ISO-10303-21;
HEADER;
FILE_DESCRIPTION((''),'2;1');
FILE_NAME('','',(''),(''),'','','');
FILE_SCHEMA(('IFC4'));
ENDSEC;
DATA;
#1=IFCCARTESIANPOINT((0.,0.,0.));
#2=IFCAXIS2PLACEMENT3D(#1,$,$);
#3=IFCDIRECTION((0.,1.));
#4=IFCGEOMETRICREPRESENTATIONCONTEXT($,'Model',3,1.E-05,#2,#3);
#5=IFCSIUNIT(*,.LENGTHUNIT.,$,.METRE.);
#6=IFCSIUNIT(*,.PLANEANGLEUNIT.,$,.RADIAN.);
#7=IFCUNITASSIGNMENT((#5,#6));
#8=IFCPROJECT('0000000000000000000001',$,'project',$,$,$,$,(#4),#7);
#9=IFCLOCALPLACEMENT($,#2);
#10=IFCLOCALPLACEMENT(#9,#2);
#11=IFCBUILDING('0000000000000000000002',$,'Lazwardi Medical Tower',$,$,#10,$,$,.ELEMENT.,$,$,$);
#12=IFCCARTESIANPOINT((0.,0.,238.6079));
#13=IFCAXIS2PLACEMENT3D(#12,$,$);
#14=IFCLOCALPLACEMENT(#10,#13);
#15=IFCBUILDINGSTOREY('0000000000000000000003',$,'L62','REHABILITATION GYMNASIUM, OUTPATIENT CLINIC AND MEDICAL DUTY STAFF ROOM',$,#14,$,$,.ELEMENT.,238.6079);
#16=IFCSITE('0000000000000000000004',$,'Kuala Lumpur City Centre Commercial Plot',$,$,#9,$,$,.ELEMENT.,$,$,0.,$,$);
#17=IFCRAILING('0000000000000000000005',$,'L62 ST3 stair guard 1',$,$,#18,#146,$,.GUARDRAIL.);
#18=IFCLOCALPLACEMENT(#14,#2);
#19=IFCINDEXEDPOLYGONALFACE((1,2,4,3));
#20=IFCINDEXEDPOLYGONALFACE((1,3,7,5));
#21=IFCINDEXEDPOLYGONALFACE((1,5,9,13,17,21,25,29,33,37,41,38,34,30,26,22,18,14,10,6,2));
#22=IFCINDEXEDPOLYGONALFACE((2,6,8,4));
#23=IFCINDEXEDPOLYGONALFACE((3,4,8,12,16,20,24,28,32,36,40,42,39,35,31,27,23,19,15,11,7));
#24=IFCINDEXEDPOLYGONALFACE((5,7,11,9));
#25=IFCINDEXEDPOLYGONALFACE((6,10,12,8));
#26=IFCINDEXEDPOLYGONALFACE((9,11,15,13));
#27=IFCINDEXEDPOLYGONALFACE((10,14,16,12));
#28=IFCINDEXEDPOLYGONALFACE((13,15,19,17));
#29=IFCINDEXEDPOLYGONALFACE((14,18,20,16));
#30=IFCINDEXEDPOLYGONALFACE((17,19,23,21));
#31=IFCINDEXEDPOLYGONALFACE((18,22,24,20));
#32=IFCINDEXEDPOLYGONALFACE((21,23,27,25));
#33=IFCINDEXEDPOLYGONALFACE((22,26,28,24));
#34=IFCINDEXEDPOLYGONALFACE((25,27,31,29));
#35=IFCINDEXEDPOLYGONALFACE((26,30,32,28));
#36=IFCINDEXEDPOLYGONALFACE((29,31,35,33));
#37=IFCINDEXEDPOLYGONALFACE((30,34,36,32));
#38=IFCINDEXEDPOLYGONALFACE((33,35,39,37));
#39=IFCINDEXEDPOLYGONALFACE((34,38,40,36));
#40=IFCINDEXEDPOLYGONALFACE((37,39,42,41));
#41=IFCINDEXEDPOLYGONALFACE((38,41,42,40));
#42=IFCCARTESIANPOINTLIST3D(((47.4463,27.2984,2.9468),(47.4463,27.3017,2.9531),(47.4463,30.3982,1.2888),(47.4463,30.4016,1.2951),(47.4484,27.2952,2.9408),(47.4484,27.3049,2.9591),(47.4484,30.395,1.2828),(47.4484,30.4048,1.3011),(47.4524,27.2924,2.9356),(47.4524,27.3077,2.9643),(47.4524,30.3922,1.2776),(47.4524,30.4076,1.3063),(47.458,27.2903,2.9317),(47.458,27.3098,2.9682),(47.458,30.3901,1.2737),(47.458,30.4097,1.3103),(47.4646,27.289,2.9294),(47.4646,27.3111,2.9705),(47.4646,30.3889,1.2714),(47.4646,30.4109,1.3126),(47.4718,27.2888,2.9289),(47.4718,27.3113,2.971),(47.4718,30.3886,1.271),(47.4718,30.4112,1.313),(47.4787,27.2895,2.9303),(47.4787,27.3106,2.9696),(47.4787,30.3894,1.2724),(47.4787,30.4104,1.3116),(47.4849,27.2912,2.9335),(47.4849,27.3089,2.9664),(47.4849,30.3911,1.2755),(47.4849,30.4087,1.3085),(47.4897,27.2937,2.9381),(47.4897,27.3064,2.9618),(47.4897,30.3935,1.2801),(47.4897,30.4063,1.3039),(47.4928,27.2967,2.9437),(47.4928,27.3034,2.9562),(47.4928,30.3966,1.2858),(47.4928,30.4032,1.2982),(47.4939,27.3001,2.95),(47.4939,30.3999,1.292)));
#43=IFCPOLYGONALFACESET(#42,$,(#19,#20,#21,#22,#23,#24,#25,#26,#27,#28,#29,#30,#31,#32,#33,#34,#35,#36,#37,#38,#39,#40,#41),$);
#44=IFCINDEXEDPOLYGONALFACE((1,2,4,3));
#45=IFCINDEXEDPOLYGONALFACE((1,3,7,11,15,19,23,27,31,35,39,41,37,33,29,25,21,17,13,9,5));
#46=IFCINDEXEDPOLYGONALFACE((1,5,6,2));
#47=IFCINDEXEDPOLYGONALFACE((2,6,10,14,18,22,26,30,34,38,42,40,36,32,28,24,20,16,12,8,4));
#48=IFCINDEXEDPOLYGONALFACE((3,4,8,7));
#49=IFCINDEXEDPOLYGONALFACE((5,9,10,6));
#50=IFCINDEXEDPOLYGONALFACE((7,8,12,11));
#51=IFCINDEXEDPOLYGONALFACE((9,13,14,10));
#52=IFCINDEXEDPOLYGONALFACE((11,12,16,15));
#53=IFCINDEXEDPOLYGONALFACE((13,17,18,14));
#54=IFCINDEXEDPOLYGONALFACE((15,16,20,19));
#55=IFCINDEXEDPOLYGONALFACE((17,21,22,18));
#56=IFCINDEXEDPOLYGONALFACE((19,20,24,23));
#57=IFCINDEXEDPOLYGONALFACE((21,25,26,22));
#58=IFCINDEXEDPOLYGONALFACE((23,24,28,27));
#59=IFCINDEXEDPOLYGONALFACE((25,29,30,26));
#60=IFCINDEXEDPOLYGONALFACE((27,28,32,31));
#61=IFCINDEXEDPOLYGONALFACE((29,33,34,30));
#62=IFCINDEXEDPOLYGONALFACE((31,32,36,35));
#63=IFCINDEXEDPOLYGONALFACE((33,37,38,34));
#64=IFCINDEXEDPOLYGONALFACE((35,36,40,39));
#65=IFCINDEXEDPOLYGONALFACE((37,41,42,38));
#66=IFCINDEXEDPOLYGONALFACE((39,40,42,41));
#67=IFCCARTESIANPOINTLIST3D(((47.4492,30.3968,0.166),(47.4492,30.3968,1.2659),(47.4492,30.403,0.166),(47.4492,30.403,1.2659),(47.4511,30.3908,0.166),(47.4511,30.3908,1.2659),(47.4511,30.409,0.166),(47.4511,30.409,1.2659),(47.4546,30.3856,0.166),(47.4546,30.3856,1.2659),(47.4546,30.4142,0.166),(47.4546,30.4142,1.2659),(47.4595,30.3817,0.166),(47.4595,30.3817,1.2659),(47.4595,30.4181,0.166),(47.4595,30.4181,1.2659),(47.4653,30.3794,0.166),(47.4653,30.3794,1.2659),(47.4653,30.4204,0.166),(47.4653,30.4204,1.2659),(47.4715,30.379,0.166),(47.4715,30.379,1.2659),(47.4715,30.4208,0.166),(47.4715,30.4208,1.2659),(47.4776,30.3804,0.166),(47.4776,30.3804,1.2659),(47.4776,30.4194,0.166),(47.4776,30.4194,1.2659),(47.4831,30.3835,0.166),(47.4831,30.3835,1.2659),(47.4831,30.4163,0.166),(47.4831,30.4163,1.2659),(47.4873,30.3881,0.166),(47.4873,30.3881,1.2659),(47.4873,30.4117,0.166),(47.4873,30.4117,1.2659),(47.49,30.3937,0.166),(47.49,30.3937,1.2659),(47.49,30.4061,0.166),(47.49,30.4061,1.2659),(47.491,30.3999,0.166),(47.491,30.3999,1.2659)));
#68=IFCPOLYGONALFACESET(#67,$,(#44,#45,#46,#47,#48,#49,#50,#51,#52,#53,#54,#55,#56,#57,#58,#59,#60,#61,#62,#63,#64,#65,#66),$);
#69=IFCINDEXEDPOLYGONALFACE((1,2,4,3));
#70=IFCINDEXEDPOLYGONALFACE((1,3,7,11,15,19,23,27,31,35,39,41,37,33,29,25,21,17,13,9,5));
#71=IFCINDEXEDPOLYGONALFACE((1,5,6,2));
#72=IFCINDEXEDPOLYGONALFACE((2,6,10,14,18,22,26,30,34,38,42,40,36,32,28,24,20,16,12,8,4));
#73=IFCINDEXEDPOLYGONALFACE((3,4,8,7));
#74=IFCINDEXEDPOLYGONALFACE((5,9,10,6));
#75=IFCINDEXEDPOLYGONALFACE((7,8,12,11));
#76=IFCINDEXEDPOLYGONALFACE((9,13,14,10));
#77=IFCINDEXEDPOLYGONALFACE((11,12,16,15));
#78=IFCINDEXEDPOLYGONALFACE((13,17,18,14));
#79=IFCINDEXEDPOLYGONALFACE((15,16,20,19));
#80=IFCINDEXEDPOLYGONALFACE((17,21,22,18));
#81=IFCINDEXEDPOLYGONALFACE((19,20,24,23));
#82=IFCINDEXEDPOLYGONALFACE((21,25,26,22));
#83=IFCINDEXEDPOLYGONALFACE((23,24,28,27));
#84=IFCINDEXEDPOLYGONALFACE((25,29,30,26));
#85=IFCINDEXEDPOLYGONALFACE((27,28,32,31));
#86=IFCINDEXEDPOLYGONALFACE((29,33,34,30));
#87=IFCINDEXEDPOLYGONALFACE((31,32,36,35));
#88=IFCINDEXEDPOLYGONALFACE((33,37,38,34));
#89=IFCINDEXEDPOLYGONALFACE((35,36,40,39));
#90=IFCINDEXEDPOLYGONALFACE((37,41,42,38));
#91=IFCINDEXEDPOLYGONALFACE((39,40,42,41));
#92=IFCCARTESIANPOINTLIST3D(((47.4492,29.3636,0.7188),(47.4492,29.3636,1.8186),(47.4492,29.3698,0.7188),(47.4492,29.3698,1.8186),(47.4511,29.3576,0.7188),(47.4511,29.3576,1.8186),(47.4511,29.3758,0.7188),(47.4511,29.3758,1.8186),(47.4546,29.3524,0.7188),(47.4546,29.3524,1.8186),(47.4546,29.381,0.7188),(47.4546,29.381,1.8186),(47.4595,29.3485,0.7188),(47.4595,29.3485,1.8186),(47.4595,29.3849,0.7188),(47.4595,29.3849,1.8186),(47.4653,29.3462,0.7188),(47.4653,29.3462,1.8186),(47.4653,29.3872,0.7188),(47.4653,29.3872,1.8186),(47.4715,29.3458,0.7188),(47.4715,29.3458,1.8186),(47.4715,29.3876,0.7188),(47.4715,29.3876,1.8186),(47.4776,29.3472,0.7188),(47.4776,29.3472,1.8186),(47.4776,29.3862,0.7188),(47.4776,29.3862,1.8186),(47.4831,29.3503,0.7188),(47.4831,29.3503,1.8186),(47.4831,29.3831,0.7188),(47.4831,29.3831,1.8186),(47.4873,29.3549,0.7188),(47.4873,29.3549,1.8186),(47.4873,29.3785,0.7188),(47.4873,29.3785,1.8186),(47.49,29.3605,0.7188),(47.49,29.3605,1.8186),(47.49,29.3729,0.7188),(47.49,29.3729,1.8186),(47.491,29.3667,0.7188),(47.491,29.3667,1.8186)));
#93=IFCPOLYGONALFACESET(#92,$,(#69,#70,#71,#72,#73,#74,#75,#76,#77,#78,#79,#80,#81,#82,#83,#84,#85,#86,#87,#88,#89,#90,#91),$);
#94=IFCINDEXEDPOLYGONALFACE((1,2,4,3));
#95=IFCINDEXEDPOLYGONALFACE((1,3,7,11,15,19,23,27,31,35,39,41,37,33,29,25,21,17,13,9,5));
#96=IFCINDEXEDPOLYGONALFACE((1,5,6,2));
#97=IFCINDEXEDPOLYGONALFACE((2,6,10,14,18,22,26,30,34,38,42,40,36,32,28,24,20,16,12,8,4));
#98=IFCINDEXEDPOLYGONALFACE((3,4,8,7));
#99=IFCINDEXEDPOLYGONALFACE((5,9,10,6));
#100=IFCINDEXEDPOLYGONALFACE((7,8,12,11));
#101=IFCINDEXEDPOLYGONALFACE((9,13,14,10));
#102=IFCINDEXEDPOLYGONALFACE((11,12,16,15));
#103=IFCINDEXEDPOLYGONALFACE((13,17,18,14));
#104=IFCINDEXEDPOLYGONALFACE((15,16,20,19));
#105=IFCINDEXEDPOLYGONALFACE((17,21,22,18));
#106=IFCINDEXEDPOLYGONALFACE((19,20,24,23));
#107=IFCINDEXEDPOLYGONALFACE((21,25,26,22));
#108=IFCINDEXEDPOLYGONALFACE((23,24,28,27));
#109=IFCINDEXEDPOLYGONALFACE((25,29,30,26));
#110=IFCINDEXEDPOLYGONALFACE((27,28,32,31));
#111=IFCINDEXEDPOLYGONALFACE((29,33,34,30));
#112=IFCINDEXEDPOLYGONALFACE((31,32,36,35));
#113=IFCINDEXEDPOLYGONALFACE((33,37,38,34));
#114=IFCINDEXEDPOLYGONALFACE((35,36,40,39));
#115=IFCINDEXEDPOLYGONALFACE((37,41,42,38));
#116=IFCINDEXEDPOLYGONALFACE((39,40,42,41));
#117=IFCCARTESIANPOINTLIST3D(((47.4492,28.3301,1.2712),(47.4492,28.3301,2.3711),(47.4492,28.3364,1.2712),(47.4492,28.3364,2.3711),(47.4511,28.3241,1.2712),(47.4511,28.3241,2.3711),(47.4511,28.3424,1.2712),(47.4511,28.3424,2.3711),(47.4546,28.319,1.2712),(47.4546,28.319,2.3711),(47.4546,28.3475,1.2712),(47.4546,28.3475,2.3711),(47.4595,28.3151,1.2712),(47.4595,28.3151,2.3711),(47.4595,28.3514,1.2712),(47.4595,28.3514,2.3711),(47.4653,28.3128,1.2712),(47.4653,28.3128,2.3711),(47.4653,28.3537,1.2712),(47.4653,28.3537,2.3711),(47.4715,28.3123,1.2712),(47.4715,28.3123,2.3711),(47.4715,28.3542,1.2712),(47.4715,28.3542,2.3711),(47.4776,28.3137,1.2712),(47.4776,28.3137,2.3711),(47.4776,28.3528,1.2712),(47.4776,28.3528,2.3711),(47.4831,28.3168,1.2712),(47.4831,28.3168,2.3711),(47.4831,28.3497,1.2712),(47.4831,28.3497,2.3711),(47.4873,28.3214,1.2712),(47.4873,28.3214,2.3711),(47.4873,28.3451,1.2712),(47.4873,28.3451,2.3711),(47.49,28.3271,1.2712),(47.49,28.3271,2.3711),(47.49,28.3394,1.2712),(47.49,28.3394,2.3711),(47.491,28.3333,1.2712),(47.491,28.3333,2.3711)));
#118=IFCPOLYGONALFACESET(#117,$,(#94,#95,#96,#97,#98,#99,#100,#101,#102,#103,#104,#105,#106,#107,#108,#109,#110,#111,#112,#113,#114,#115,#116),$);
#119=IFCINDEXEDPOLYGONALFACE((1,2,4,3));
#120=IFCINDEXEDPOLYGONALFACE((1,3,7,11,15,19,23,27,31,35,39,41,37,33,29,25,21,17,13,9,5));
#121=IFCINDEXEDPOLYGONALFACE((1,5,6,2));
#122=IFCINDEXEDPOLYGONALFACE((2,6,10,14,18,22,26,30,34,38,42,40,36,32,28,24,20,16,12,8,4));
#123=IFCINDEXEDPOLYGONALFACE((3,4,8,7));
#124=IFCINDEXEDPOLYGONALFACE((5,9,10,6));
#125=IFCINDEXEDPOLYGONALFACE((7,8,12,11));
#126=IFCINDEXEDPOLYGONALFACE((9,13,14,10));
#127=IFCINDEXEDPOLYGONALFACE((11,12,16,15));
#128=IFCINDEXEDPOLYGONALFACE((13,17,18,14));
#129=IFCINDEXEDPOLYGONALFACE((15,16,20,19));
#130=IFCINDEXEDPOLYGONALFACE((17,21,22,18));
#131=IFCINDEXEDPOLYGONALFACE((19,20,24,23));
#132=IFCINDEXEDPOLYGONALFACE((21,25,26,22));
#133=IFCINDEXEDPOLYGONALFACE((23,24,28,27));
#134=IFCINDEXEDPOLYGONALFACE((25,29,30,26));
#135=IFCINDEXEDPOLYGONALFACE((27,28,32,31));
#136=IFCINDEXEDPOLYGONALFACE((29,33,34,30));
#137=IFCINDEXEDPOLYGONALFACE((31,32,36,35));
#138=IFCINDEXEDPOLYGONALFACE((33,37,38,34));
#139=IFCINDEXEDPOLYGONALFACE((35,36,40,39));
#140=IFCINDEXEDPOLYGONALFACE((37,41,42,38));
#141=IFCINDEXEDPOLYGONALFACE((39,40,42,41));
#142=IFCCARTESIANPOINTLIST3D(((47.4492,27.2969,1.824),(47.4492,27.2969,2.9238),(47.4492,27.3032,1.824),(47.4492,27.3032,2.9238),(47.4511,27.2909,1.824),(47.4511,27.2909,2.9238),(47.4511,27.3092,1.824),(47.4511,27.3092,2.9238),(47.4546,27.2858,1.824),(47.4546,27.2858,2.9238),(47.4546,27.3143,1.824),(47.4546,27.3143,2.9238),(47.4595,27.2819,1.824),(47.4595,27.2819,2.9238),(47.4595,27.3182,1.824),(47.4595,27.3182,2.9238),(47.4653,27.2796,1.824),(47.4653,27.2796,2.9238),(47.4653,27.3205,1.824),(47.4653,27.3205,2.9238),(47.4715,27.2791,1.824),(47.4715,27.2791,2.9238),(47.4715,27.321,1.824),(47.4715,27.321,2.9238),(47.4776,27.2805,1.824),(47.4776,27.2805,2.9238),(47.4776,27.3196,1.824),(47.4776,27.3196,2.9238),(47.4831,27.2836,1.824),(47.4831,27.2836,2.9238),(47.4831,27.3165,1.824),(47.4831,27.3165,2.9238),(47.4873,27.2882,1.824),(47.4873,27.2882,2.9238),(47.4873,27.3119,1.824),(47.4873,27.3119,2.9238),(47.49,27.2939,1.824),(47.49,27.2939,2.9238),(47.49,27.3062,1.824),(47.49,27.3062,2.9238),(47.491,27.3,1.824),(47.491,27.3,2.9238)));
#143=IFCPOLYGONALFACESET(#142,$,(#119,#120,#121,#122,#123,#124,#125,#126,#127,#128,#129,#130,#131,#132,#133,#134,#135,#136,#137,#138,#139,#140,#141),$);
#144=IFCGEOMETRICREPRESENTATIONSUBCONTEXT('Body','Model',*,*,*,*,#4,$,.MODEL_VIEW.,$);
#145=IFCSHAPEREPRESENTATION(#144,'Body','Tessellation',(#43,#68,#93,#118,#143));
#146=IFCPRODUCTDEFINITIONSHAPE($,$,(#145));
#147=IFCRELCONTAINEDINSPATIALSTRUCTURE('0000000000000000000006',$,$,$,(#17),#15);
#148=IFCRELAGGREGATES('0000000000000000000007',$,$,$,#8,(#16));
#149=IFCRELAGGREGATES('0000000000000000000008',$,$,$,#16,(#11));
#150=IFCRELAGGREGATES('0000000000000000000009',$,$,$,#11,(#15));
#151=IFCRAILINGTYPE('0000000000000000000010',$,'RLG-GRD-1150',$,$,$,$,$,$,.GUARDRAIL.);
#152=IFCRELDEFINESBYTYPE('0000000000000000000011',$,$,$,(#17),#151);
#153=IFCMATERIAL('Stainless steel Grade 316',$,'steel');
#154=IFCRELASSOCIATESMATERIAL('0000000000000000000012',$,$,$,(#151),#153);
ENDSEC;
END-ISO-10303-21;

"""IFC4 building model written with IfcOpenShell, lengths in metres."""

from ifc_helpers import new_model, si_unit, direction, frame, origin, origin_2d, place, context, subcontext, project, spatial, circle, extrude, material, type_object, element, save


model = new_model("IFC4")

# Units and contexts
model_context = context("Model", 3, precision=1e-05, world=origin(), true_north=direction((0.0, 1.0)))
body_context = subcontext(model_context, "Body", "Model", "MODEL_VIEW")
ifc_project = project(units=[si_unit("LENGTHUNIT", "METRE"), si_unit("PLANEANGLEUNIT", "RADIAN")], contexts=[model_context])

# Site, building, storey
site_placement = place(None, origin())
site = spatial("IfcSite", under=ifc_project, at=site_placement, Name="Kuala Lumpur City Centre Commercial Plot", CompositionType="ELEMENT", RefElevation=0.0)
building_placement = place(site_placement, origin())
building = spatial("IfcBuilding", under=site, at=building_placement, Name="Lazwardi Medical Tower", CompositionType="ELEMENT")
storey_placement = place(building_placement, frame((0.0, 0.0, 238.6079)))
storey = spatial("IfcBuildingStorey", under=building, at=storey_placement, Name="L62", Description="REHABILITATION GYMNASIUM, OUTPATIENT CLINIC AND MEDICAL DUTY STAFF ROOM", CompositionType="ELEMENT", Elevation=238.6079)

# Railing
ifc_material_1 = material(Name="Stainless steel Grade 316", Category="steel")
railing_type = type_object("IfcRailingType", Name="RLG-GRD-1150", PredefinedType="GUARDRAIL", material=ifc_material_1)
railing_1_placement = place(storey_placement, frame((47.47, 30.3999, 0.166)))
element("IfcRailing", 1, at=railing_1_placement, inside=storey, type_object=railing_type, Name="L62 ST3 stair guard 1", PredefinedType="GUARDRAIL", context=body_context, shape_type="SweptSolid", body=[
    extrude(circle(Radius=0.0239, at=origin_2d()), frame((0.0, 0.0, 1.126), z_axis=(0.0, -0.881797, 0.47163), x_axis=(1.0, 0.0, 0.0)), (0.0, 0.0, 1.0), 3.5154),
    extrude(circle(Radius=0.021, at=origin_2d()), origin(), (0.0, 0.0, 1.0), 1.0999),
    extrude(circle(Radius=0.021, at=origin_2d()), frame((0.0, -1.0332, 0.5527)), (0.0, 0.0, 1.0), 1.0999),
    extrude(circle(Radius=0.021, at=origin_2d()), frame((0.0, -2.0667, 1.1052)), (0.0, 0.0, 1.0), 1.0999),
    extrude(circle(Radius=0.021, at=origin_2d()), frame((0.0, -3.0999, 1.658)), (0.0, 0.0, 1.0), 1.0999),
])

save(model, "model.ifc")
